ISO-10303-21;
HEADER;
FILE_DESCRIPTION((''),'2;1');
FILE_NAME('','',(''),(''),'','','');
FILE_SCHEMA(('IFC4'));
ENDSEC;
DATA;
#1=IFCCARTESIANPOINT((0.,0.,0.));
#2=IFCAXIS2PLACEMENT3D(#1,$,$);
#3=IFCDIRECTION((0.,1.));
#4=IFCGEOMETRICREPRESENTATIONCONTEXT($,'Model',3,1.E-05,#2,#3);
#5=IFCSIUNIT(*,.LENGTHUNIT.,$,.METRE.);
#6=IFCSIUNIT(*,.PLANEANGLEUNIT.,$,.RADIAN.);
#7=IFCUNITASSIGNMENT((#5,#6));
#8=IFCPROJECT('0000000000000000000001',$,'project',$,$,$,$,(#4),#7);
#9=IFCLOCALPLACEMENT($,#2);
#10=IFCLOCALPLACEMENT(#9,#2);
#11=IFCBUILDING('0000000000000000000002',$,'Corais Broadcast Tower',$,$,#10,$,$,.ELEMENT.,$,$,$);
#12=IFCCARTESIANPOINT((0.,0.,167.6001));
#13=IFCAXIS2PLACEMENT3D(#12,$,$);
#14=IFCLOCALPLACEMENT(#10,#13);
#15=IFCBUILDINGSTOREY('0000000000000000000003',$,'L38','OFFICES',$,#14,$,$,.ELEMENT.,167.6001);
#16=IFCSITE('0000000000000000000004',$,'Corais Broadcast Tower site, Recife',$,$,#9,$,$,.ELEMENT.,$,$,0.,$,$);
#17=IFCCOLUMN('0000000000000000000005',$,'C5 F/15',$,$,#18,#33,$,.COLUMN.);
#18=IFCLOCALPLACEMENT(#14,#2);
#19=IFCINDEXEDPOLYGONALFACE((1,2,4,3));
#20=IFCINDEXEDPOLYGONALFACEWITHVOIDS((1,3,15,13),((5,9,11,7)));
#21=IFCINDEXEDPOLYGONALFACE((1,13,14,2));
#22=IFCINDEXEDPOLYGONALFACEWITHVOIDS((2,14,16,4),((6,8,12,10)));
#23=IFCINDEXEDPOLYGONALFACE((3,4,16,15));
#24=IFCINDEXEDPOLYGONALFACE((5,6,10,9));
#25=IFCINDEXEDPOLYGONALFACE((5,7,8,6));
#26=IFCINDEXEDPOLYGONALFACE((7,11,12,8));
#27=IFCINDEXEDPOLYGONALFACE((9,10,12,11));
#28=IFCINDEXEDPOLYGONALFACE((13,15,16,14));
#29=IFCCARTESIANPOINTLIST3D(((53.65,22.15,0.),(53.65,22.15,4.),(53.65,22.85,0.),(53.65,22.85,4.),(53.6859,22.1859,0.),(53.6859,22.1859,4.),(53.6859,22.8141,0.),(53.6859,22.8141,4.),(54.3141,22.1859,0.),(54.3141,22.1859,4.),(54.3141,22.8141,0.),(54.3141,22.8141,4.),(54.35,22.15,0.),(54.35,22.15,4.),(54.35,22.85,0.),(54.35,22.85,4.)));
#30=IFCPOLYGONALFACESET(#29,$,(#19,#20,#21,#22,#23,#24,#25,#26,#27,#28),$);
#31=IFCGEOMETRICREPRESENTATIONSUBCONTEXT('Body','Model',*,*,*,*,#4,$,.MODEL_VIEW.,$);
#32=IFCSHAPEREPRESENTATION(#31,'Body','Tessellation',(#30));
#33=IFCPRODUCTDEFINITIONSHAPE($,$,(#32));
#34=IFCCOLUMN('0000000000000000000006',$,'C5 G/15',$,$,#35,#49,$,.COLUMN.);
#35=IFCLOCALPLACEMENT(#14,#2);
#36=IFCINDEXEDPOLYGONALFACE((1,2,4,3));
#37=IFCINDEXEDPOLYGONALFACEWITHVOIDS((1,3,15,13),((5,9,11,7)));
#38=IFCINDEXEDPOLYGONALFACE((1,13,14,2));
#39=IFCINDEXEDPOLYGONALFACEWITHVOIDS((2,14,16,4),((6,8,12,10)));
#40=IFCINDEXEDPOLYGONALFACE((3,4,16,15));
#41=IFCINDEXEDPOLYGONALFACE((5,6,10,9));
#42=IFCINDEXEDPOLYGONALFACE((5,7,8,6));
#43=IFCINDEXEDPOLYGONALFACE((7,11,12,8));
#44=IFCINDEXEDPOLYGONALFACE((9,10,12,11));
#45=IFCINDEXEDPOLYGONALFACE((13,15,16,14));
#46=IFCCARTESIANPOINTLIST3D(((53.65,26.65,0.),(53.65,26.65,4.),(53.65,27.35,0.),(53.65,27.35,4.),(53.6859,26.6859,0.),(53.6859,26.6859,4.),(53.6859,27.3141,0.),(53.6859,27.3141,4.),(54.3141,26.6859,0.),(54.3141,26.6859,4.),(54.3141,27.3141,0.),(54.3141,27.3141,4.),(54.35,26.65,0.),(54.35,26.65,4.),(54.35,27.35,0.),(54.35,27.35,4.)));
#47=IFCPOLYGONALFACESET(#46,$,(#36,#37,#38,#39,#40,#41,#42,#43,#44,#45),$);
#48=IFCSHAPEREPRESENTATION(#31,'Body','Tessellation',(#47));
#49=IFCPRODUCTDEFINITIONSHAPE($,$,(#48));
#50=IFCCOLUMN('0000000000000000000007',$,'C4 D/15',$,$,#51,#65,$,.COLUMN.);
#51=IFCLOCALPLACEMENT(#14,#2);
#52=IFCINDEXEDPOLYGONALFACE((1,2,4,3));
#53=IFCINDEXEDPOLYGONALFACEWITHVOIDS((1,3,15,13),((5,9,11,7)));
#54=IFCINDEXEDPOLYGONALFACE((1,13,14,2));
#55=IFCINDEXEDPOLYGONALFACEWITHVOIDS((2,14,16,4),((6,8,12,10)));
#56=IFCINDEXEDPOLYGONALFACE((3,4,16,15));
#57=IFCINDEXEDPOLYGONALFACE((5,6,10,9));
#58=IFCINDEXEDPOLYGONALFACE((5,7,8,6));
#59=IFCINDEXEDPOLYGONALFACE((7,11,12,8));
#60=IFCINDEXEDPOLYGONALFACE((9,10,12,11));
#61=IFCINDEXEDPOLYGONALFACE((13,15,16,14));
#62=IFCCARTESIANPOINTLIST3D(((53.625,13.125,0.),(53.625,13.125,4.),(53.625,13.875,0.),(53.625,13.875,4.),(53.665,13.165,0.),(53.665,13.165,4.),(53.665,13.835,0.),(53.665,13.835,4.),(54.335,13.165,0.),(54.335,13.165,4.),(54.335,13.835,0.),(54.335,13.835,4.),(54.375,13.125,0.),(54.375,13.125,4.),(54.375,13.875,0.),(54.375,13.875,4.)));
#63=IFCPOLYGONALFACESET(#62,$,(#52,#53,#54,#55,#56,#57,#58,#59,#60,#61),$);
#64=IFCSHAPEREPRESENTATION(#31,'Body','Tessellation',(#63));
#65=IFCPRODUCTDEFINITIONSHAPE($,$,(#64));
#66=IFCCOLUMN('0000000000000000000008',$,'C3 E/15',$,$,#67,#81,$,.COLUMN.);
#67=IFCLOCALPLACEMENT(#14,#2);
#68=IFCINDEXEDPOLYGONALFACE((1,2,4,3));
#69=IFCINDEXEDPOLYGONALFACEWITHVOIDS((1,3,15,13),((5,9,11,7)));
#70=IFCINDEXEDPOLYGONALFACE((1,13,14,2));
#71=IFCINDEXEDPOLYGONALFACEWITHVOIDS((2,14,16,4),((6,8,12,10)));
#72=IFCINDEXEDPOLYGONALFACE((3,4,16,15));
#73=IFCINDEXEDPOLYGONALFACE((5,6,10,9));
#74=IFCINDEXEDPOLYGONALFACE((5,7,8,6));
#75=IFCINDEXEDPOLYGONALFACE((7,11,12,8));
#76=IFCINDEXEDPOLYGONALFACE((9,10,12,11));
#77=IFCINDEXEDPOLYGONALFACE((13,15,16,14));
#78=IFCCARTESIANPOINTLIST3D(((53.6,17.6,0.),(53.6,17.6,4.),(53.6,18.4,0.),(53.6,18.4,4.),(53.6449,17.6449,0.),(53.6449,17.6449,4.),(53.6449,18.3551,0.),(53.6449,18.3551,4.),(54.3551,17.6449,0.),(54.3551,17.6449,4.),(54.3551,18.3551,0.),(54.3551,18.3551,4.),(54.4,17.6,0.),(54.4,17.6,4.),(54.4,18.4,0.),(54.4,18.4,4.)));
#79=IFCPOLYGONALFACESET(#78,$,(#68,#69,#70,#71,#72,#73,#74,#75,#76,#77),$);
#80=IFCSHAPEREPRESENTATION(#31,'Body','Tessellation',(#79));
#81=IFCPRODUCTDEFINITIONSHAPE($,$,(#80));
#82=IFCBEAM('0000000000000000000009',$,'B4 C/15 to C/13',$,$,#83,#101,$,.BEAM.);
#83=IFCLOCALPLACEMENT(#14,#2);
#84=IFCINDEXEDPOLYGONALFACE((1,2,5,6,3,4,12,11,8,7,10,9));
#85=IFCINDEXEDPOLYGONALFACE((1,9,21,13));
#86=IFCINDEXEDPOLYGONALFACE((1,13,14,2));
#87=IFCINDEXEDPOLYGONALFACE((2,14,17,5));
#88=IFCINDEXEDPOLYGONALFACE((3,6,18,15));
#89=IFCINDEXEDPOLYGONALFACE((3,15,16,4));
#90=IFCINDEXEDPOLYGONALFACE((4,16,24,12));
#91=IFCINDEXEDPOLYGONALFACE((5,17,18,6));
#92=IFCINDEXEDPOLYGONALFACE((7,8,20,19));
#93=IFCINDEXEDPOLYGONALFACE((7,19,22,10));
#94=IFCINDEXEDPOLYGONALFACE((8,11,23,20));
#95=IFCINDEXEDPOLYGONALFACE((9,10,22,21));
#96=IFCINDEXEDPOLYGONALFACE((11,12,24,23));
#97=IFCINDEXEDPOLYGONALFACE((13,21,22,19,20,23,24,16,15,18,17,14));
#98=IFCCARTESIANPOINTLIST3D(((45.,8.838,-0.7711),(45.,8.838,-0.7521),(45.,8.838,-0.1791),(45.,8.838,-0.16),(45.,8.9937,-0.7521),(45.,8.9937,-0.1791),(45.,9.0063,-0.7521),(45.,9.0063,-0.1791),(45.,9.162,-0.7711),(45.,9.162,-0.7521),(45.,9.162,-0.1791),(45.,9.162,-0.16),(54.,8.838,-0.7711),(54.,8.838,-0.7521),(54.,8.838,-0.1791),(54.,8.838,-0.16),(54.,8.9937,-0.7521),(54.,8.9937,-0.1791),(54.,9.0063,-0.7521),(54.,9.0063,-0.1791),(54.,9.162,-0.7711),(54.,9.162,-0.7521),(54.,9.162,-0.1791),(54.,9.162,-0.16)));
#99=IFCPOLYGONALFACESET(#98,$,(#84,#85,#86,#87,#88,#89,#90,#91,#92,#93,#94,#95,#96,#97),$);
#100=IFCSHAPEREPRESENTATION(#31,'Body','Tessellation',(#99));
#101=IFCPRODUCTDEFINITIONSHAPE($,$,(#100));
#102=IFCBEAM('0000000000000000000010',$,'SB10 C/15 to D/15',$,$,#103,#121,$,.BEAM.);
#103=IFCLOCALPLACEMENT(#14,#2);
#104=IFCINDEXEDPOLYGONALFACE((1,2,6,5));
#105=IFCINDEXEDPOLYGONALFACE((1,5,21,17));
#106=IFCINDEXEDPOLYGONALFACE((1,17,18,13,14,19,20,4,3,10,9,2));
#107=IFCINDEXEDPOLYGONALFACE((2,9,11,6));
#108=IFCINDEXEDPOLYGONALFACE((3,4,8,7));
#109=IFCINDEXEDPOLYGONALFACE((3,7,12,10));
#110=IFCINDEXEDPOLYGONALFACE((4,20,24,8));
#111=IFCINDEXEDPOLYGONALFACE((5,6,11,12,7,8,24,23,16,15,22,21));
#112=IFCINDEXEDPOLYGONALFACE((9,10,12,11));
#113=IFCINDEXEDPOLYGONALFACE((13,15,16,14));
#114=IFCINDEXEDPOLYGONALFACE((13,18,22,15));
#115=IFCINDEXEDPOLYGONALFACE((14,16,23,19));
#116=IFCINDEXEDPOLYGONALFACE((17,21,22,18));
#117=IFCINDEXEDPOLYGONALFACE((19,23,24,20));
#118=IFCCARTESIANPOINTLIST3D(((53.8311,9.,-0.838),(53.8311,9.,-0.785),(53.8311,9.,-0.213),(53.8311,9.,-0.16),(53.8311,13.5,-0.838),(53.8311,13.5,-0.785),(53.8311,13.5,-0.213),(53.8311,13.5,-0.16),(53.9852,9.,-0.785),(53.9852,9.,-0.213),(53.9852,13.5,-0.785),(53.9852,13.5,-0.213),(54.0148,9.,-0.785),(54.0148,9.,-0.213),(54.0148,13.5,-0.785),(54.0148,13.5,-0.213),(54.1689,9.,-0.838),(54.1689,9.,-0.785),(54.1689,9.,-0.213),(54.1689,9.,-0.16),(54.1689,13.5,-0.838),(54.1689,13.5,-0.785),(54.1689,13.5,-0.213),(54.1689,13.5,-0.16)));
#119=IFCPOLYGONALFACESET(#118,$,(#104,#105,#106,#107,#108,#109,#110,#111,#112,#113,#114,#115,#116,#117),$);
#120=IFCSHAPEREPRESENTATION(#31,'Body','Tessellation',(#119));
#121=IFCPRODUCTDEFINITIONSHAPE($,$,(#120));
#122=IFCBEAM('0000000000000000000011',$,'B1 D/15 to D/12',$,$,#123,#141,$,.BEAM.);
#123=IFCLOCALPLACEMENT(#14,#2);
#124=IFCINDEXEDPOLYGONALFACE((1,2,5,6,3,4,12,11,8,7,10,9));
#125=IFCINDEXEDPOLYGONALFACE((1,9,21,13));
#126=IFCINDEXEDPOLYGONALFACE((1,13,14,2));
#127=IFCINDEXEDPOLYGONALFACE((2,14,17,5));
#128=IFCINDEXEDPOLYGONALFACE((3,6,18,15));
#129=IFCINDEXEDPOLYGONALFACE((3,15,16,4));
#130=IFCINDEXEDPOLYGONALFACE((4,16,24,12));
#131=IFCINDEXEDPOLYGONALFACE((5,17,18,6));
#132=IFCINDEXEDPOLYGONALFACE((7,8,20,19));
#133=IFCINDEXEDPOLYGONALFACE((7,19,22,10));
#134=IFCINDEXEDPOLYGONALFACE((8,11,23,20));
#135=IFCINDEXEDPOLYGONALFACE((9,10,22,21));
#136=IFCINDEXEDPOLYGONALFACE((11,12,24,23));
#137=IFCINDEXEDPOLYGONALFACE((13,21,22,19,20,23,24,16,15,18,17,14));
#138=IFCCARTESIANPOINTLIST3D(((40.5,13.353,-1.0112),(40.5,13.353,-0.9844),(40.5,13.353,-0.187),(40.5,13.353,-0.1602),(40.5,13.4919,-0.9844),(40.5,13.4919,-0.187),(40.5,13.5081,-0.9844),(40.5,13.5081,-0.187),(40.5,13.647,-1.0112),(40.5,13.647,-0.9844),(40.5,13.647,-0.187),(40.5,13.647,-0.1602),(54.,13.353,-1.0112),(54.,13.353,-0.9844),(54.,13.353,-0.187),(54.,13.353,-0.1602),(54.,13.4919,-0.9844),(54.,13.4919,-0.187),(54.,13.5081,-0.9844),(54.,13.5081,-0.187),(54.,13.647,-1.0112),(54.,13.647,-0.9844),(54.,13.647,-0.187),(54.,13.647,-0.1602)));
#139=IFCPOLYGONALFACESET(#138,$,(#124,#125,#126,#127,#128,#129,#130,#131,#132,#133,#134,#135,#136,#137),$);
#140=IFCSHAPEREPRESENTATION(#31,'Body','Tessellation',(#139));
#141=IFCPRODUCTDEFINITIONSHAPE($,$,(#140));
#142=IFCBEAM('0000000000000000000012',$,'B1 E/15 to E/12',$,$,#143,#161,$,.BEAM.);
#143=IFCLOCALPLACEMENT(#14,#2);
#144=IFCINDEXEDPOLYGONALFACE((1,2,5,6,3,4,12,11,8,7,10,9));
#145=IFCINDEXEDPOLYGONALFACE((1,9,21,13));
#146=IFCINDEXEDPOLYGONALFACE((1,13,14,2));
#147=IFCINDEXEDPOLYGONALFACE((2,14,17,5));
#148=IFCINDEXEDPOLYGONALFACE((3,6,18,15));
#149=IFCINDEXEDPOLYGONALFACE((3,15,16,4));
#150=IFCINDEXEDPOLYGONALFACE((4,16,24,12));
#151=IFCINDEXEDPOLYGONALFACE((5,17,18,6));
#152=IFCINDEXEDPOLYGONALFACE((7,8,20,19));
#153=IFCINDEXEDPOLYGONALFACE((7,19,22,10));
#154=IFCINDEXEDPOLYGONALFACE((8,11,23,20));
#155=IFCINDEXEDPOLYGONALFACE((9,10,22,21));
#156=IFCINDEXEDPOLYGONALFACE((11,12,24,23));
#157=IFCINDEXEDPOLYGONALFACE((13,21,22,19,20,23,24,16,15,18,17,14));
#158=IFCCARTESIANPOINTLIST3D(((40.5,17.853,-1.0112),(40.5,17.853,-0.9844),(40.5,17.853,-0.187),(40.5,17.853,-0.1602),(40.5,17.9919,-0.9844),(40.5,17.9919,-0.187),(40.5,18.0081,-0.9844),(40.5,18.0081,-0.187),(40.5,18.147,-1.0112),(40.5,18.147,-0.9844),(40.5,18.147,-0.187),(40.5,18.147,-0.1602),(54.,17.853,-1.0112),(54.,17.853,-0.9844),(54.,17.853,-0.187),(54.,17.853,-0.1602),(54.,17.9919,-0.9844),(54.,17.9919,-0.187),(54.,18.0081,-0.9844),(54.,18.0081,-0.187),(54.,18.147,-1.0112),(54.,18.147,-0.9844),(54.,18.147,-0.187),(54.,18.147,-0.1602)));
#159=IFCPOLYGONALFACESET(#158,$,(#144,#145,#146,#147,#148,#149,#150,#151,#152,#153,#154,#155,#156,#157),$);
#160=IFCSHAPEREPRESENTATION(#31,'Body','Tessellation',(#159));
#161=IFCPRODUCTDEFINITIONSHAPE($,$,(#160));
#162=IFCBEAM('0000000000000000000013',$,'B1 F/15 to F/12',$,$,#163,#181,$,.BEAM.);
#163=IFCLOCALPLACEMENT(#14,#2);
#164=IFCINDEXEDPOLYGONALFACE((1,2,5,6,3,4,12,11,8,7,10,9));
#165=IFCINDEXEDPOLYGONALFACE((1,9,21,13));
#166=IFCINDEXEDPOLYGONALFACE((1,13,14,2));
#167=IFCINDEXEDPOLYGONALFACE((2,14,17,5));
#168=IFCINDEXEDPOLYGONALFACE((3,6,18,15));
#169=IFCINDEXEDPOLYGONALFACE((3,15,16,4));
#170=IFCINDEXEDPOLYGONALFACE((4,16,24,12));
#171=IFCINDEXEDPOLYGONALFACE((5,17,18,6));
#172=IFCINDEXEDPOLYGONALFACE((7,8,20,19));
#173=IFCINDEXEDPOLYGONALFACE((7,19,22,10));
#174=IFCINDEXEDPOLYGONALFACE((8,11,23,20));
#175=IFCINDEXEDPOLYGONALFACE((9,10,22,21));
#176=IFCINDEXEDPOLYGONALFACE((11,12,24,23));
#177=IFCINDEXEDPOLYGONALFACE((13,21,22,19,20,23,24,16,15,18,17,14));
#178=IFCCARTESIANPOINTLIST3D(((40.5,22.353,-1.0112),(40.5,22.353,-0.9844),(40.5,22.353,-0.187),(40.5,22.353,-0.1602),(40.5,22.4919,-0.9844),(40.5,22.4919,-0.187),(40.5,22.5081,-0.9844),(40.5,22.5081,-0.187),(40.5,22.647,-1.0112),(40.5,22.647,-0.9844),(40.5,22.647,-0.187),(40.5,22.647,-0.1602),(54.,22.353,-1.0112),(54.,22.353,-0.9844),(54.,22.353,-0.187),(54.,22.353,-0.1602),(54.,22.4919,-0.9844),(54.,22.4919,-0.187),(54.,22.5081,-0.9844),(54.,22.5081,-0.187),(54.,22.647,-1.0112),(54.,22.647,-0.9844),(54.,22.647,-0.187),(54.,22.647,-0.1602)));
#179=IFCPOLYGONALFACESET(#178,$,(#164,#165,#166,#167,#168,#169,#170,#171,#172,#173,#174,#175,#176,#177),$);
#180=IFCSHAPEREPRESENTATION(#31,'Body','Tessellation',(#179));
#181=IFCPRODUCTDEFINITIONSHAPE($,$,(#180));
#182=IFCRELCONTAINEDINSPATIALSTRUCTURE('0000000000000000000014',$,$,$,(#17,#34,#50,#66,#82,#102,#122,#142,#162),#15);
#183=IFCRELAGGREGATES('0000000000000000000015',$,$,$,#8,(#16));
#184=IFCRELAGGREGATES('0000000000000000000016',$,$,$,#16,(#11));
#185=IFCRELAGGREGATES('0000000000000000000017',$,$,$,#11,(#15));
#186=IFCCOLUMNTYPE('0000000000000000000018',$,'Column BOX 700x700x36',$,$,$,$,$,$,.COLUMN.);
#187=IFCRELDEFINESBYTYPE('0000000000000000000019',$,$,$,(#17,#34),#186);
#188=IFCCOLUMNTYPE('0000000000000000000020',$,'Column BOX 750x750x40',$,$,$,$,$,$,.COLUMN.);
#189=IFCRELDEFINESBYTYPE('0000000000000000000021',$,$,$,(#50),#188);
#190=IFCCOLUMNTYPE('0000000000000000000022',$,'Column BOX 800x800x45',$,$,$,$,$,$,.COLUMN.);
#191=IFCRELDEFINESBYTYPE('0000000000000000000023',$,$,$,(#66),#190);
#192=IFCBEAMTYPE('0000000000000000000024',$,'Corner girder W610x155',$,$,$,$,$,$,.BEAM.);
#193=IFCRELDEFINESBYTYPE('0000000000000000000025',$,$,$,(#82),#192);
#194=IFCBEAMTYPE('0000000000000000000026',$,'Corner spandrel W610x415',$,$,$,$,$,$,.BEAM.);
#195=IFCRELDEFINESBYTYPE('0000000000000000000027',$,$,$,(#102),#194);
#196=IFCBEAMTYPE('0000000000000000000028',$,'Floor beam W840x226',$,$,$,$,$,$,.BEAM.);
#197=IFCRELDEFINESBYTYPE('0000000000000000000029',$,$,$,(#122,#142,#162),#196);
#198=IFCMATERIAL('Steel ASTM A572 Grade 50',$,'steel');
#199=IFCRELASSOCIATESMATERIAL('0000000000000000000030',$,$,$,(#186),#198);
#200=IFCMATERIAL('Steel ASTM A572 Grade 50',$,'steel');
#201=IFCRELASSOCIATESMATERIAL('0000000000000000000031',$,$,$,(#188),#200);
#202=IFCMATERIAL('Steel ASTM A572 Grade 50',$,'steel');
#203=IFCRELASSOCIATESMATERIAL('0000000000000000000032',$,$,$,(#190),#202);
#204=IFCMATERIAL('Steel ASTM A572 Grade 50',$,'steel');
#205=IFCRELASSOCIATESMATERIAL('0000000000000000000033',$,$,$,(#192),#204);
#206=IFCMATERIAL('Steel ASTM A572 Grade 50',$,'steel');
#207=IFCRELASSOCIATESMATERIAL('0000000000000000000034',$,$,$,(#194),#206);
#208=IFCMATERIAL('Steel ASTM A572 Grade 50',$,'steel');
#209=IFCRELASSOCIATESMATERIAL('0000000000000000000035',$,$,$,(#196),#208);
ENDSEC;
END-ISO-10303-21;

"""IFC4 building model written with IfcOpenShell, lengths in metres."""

from ifc_helpers import new_model, si_unit, direction, frame, origin, origin_2d, place, context, subcontext, project, spatial, hollow_rectangle, i_section, extrude, material, material_profile, profile_set, type_object, element, save


model = new_model("IFC4")

# Units and contexts
model_context = context("Model", 3, precision=1e-05, world=origin(), true_north=direction((0.0, 1.0)))
body_context = subcontext(model_context, "Body", "Model", "MODEL_VIEW")
ifc_project = project(units=[si_unit("LENGTHUNIT", "METRE"), si_unit("PLANEANGLEUNIT", "RADIAN")], contexts=[model_context])

# Site, building, storey
site_placement = place(None, origin())
site = spatial("IfcSite", under=ifc_project, at=site_placement, Name="Corais Broadcast Tower site, Recife", CompositionType="ELEMENT", RefElevation=0.0)
building_placement = place(site_placement, origin())
building = spatial("IfcBuilding", under=site, at=building_placement, Name="Corais Broadcast Tower", CompositionType="ELEMENT")
storey_placement = place(building_placement, frame((0.0, 0.0, 167.6001)))
storey = spatial("IfcBuildingStorey", under=building, at=storey_placement, Name="L38", Description="OFFICES", CompositionType="ELEMENT", Elevation=167.6001)

# Columns
ifc_material_1 = material(Name="Steel ASTM A572 Grade 50", Category="steel")
ifc_material_profile_1 = material_profile(ifc_material_1, hollow_rectangle(XDim=0.7, YDim=0.7, WallThickness=0.0359, at=origin_2d()), Name="BOX 700x700x36")
ifc_profile_set_1 = profile_set([ifc_material_profile_1], Name="Steel ASTM A572 Grade 50")
column_type_1 = type_object("IfcColumnType", Name="Column BOX 700x700x36", PredefinedType="COLUMN", material=ifc_profile_set_1)
for number, where, z_axis, x_axis, name in (
    (1, (54.0, 22.5, 0.0), (0.0, 0.0, 1.0), (1.0, 0.0, 0.0), "C5 F/15"),
    (2, (54.0, 27.0, 0.0), (0.0, 0.0, 1.0), (1.0, 0.0, 0.0), "C5 G/15"),
):
    element("IfcColumn", number, at=place(storey_placement, frame(where, z_axis=z_axis, x_axis=x_axis)), inside=storey, type_object=column_type_1, Name=name, PredefinedType="COLUMN", context=body_context, shape_type="SweptSolid", body=[
        extrude(hollow_rectangle(XDim=0.7, YDim=0.7, WallThickness=0.0359, at=origin_2d()), origin(), (0.0, 0.0, 1.0), 4.0),
    ])
ifc_material_2 = material(Name="Steel ASTM A572 Grade 50", Category="steel")
ifc_material_profile_2 = material_profile(ifc_material_2, hollow_rectangle(XDim=0.75, YDim=0.75, WallThickness=0.04, at=origin_2d()), Name="BOX 750x750x40")
ifc_profile_set_2 = profile_set([ifc_material_profile_2], Name="Steel ASTM A572 Grade 50")
column_type_2 = type_object("IfcColumnType", Name="Column BOX 750x750x40", PredefinedType="COLUMN", material=ifc_profile_set_2)
column_1_placement = place(storey_placement, frame((54.0, 13.5, 0.0), z_axis=(0.0, 0.0, 1.0), x_axis=(1.0, 0.0, 0.0)))
element("IfcColumn", 3, at=column_1_placement, inside=storey, type_object=column_type_2, Name="C4 D/15", PredefinedType="COLUMN", context=body_context, shape_type="SweptSolid", body=[
    extrude(hollow_rectangle(XDim=0.75, YDim=0.75, WallThickness=0.04, at=origin_2d()), origin(), (0.0, 0.0, 1.0), 4.0),
])
ifc_material_3 = material(Name="Steel ASTM A572 Grade 50", Category="steel")
ifc_material_profile_3 = material_profile(ifc_material_3, hollow_rectangle(XDim=0.8, YDim=0.8, WallThickness=0.0449, at=origin_2d()), Name="BOX 800x800x45")
ifc_profile_set_3 = profile_set([ifc_material_profile_3], Name="Steel ASTM A572 Grade 50")
column_type_3 = type_object("IfcColumnType", Name="Column BOX 800x800x45", PredefinedType="COLUMN", material=ifc_profile_set_3)
column_2_placement = place(storey_placement, frame((54.0, 18.0, 0.0), z_axis=(0.0, 0.0, 1.0), x_axis=(1.0, 0.0, 0.0)))
element("IfcColumn", 4, at=column_2_placement, inside=storey, type_object=column_type_3, Name="C3 E/15", PredefinedType="COLUMN", context=body_context, shape_type="SweptSolid", body=[
    extrude(hollow_rectangle(XDim=0.8, YDim=0.8, WallThickness=0.0449, at=origin_2d()), origin(), (0.0, 0.0, 1.0), 4.0),
])

# Beams
ifc_material_4 = material(Name="Steel ASTM A572 Grade 50", Category="steel")
ifc_material_profile_4 = material_profile(ifc_material_4, i_section(OverallWidth=0.324, OverallDepth=0.6111, WebThickness=0.0127, FlangeThickness=0.019, at=origin_2d()), Name="W610x155")
ifc_profile_set_4 = profile_set([ifc_material_profile_4], Name="Steel ASTM A572 Grade 50")
beam_type_1 = type_object("IfcBeamType", Name="Corner girder W610x155", PredefinedType="BEAM", material=ifc_profile_set_4)
beam_1_placement = place(storey_placement, frame((54.0, 9.0, -0.4656), z_axis=(-1.0, 0.0, 0.0), x_axis=(0.0, -1.0, 0.0)))
element("IfcBeam", 5, at=beam_1_placement, inside=storey, type_object=beam_type_1, Name="B4 C/15 to C/13", PredefinedType="BEAM", context=body_context, shape_type="SweptSolid", body=[
    extrude(i_section(OverallWidth=0.324, OverallDepth=0.6111, WebThickness=0.0127, FlangeThickness=0.019, at=origin_2d()), origin(), (0.0, 0.0, 1.0), 9.0),
])
ifc_material_5 = material(Name="Steel ASTM A572 Grade 50", Category="steel")
ifc_material_profile_5 = material_profile(ifc_material_5, i_section(OverallWidth=0.3379, OverallDepth=0.678, WebThickness=0.0295, FlangeThickness=0.053, at=origin_2d()), Name="W610x415")
ifc_profile_set_5 = profile_set([ifc_material_profile_5], Name="Steel ASTM A572 Grade 50")
beam_type_2 = type_object("IfcBeamType", Name="Corner spandrel W610x415", PredefinedType="BEAM", material=ifc_profile_set_5)
beam_2_placement = place(storey_placement, frame((54.0, 9.0, -0.499), z_axis=(0.0, 1.0, 0.0), x_axis=(-1.0, 0.0, 0.0)))
element("IfcBeam", 6, at=beam_2_placement, inside=storey, type_object=beam_type_2, Name="SB10 C/15 to D/15", PredefinedType="BEAM", context=body_context, shape_type="SweptSolid", body=[
    extrude(i_section(OverallWidth=0.3379, OverallDepth=0.678, WebThickness=0.0295, FlangeThickness=0.053, at=origin_2d()), origin(), (0.0, 0.0, 1.0), 4.5),
])
ifc_material_6 = material(Name="Steel ASTM A572 Grade 50", Category="steel")
ifc_material_profile_6 = material_profile(ifc_material_6, i_section(OverallWidth=0.2939, OverallDepth=0.8511, WebThickness=0.0161, FlangeThickness=0.0269, at=origin_2d()), Name="W840x226")
ifc_profile_set_6 = profile_set([ifc_material_profile_6], Name="Steel ASTM A572 Grade 50")
beam_type_3 = type_object("IfcBeamType", Name="Floor beam W840x226", PredefinedType="BEAM", material=ifc_profile_set_6)
for number, where, z_axis, x_axis, name in (
    (7, (54.0, 13.5, -0.5857), (-1.0, 0.0, 0.0), (0.0, -1.0, 0.0), "B1 D/15 to D/12"),
    (8, (54.0, 18.0, -0.5857), (-1.0, 0.0, 0.0), (0.0, -1.0, 0.0), "B1 E/15 to E/12"),
    (9, (54.0, 22.5, -0.5857), (-1.0, 0.0, 0.0), (0.0, -1.0, 0.0), "B1 F/15 to F/12"),
):
    element("IfcBeam", number, at=place(storey_placement, frame(where, z_axis=z_axis, x_axis=x_axis)), inside=storey, type_object=beam_type_3, Name=name, PredefinedType="BEAM", context=body_context, shape_type="SweptSolid", body=[
        extrude(i_section(OverallWidth=0.2939, OverallDepth=0.8511, WebThickness=0.0161, FlangeThickness=0.0269, at=origin_2d()), origin(), (0.0, 0.0, 1.0), 13.5),
    ])

save(model, "model.ifc")
